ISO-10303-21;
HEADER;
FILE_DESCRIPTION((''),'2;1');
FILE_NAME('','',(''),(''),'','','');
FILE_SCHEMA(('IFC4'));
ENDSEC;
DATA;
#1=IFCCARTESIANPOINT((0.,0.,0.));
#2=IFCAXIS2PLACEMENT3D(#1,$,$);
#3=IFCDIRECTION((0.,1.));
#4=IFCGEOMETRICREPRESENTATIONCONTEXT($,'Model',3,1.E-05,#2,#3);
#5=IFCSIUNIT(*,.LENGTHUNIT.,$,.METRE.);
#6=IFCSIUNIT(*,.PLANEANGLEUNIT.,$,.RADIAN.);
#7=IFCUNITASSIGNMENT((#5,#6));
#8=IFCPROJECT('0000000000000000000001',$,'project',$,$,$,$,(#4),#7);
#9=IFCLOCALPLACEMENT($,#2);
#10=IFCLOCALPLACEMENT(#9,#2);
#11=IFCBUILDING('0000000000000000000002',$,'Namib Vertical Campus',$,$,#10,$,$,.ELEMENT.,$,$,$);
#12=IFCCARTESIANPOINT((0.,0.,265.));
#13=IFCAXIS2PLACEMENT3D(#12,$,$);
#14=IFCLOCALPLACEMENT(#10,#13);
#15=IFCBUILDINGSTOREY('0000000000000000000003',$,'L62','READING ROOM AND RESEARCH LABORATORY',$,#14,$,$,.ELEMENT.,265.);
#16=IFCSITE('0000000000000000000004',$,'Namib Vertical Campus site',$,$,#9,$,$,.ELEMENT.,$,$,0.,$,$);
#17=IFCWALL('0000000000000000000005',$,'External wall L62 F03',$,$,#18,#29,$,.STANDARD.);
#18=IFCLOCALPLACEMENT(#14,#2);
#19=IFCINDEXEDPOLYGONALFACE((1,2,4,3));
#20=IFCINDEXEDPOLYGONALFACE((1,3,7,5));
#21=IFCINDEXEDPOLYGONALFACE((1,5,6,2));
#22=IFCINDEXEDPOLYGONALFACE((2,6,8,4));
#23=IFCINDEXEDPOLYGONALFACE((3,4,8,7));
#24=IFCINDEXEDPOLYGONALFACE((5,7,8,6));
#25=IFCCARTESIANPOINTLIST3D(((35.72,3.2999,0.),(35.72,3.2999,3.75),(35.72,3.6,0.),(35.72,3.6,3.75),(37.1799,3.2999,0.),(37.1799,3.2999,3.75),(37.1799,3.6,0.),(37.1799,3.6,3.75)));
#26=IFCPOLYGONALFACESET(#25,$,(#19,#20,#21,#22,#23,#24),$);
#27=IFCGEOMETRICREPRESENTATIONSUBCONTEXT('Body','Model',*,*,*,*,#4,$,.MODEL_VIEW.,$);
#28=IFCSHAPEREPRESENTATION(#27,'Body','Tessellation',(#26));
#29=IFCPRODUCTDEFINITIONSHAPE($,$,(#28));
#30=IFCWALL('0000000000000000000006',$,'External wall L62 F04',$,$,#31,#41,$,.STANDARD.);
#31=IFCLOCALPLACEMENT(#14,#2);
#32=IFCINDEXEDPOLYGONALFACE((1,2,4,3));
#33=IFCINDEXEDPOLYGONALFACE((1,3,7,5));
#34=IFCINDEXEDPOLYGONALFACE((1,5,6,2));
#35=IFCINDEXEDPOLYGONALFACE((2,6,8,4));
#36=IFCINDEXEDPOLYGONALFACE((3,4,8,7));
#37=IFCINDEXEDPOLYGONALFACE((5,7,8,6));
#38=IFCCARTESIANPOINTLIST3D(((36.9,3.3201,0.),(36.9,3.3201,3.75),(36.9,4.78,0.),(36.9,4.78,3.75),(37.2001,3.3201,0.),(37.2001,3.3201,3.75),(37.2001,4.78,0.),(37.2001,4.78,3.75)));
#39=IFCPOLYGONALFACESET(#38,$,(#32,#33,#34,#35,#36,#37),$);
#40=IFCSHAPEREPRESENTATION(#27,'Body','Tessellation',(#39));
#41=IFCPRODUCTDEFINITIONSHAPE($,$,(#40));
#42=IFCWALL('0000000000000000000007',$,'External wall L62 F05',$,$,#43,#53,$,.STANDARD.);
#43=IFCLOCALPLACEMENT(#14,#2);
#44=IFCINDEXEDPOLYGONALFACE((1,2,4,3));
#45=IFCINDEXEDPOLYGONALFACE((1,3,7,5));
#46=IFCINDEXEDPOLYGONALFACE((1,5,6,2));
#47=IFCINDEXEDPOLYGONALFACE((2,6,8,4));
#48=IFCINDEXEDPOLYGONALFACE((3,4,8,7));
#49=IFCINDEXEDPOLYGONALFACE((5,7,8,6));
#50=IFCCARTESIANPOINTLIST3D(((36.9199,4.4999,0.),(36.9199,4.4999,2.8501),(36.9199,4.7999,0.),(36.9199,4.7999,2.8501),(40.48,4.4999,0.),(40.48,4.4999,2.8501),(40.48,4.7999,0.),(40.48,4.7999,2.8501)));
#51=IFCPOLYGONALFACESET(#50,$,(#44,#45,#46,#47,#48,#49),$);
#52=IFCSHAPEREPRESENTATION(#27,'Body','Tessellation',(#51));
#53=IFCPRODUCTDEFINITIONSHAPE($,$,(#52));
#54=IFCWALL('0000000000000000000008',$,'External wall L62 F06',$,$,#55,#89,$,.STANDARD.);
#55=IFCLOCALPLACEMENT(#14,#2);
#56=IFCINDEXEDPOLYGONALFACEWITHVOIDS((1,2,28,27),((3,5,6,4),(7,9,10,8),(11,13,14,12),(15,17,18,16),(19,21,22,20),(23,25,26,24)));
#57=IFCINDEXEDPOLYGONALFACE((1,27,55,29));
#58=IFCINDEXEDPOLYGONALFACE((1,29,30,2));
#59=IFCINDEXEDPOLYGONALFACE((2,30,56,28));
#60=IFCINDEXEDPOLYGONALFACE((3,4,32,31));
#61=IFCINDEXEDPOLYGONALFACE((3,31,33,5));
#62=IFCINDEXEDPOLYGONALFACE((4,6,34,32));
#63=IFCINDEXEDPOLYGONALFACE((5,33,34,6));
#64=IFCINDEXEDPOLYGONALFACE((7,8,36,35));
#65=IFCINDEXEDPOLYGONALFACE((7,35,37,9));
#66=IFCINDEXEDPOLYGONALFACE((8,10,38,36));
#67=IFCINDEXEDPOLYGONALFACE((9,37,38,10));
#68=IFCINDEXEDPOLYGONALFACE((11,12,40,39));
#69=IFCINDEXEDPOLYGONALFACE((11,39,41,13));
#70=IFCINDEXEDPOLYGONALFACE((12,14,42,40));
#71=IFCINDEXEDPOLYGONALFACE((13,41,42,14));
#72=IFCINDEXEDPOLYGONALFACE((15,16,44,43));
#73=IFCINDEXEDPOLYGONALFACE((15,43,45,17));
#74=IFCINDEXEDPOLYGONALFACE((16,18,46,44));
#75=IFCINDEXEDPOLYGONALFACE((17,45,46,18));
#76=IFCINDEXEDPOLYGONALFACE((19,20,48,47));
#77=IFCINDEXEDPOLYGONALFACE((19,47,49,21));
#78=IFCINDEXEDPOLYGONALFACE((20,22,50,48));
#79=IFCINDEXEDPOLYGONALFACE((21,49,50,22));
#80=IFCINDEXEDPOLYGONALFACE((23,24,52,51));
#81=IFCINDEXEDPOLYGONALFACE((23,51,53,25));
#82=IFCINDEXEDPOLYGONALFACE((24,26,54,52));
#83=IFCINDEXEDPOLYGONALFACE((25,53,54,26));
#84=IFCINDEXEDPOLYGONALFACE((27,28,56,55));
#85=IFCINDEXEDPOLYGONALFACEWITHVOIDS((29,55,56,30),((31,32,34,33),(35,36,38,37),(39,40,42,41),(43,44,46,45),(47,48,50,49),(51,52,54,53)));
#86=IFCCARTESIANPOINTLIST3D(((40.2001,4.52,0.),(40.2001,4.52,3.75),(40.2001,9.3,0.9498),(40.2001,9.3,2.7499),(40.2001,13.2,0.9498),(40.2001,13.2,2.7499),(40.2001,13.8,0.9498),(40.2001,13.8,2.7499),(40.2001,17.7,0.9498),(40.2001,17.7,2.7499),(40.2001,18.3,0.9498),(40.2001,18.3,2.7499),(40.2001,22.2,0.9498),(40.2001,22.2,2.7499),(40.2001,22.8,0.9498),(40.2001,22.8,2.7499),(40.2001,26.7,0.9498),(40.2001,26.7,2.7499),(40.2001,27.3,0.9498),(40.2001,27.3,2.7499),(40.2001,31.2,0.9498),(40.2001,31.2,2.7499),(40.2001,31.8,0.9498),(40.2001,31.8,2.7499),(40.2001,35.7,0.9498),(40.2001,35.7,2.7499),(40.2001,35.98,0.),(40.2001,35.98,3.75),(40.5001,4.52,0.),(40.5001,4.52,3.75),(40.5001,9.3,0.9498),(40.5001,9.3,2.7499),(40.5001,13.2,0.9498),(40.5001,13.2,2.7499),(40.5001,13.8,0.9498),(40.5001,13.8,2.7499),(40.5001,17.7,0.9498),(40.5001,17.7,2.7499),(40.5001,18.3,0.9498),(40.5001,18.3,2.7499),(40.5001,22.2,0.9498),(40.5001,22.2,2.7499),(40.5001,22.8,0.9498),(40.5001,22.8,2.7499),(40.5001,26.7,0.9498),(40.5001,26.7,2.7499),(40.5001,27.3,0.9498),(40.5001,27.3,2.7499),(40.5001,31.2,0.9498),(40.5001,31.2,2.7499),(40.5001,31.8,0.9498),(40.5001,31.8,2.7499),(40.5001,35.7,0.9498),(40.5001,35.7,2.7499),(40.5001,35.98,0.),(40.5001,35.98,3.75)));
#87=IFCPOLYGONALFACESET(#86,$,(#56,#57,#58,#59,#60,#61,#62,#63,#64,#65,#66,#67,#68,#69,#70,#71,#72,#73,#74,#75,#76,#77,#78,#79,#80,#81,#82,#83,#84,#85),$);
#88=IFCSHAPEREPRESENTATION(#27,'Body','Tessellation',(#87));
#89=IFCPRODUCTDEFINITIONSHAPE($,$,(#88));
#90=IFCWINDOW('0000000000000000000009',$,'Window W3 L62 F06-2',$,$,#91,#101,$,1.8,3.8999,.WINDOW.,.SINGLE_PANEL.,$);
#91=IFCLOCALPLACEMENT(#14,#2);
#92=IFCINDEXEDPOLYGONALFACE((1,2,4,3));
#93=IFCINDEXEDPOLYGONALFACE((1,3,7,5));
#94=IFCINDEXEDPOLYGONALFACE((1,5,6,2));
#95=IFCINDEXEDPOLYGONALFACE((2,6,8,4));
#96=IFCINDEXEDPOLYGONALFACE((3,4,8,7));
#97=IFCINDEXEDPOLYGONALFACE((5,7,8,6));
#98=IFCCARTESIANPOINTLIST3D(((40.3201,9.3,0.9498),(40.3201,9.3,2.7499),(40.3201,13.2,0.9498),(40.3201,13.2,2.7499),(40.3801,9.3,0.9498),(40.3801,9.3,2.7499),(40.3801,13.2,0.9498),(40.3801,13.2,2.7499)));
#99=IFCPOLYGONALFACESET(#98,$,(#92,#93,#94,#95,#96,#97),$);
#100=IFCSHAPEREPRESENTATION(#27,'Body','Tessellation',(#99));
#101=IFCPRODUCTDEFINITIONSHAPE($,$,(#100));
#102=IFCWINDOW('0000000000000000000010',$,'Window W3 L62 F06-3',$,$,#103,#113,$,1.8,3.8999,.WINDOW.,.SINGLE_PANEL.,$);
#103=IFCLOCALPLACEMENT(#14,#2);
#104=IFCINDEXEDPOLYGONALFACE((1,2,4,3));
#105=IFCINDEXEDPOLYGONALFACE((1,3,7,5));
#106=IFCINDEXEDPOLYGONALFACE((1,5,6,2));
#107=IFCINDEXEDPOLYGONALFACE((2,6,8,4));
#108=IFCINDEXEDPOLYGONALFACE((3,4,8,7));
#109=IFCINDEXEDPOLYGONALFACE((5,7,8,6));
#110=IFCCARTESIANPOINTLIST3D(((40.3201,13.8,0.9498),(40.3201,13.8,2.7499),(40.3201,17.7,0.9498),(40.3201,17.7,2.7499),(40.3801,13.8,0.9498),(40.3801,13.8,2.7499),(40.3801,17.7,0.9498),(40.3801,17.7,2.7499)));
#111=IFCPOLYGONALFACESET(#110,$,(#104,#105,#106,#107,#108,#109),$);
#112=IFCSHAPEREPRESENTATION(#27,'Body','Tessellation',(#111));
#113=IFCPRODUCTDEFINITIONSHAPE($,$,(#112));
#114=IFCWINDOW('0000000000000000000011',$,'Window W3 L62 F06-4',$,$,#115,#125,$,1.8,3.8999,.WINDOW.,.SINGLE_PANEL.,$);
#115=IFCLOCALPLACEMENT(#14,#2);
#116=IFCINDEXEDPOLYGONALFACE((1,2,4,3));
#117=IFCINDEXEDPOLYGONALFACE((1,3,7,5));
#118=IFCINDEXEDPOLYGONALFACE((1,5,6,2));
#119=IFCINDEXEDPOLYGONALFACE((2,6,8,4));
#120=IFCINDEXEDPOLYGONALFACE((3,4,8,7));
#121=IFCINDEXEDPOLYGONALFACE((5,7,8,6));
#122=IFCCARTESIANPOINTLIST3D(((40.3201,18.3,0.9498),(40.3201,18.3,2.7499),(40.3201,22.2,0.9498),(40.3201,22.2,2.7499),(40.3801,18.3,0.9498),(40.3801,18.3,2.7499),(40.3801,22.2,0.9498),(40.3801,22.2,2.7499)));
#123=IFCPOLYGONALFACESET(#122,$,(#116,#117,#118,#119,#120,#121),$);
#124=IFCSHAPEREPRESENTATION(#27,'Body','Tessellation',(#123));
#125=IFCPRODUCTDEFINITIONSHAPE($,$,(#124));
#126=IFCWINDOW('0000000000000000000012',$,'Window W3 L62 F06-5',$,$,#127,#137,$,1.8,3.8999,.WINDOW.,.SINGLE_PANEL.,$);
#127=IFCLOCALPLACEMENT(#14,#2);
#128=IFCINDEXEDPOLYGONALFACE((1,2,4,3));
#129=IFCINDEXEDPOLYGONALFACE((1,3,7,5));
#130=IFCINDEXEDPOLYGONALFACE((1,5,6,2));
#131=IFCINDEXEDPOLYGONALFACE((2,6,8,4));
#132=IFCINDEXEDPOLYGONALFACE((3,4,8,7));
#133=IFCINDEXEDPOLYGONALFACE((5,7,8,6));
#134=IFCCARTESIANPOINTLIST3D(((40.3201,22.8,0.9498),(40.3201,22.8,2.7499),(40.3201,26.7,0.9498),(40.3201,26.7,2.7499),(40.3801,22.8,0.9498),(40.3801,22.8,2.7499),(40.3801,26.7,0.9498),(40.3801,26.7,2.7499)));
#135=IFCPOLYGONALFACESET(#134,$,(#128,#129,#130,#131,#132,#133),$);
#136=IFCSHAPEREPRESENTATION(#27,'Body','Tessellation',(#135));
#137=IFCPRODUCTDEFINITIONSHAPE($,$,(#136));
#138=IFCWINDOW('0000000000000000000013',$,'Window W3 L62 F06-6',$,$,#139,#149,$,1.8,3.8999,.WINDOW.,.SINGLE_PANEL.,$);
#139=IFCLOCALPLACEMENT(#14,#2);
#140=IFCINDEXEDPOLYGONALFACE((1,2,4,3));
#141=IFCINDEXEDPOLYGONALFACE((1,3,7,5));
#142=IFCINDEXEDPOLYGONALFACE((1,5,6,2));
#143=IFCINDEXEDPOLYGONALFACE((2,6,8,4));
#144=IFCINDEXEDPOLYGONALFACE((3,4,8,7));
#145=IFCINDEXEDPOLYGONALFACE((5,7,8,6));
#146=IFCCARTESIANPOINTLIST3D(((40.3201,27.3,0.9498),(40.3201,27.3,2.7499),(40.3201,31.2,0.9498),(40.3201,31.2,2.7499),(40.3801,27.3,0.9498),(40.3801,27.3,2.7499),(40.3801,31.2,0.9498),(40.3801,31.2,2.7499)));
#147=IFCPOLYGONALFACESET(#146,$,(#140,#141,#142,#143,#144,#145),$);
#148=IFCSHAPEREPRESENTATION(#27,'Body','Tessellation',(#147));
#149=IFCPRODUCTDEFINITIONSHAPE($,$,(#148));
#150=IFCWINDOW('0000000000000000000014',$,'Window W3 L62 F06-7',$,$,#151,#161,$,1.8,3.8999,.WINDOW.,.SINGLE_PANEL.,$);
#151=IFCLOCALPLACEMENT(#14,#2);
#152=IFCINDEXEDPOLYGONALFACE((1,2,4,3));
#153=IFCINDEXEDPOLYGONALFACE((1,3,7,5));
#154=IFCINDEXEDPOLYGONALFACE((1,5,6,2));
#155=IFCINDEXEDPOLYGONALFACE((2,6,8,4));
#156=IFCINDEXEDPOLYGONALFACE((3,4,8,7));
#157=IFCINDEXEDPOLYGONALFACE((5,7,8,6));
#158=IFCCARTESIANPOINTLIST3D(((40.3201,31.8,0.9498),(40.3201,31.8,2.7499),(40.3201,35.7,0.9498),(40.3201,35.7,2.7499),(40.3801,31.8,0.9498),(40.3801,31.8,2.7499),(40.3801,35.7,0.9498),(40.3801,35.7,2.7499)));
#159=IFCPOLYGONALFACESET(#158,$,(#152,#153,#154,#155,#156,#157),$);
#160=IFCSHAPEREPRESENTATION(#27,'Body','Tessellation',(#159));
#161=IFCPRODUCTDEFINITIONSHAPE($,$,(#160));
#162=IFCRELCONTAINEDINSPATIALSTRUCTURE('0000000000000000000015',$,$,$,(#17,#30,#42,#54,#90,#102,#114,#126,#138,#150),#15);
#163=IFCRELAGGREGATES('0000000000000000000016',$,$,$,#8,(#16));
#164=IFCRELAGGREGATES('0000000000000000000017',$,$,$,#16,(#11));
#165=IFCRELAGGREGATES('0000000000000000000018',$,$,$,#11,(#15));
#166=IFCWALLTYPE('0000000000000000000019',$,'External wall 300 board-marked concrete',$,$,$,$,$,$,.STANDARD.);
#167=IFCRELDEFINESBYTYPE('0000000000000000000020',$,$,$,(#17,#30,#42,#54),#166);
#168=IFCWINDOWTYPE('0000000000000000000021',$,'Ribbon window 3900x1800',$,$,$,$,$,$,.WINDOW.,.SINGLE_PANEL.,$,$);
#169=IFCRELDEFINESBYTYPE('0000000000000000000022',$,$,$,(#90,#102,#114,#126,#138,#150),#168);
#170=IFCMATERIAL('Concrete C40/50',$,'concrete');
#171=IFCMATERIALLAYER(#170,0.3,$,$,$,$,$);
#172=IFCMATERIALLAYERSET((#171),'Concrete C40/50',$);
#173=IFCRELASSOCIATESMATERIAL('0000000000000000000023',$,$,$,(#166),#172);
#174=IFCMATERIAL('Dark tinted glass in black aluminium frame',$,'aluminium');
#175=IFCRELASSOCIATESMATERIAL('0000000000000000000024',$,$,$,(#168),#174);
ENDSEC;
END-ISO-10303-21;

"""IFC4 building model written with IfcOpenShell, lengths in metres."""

from ifc_helpers import new_model, si_unit, direction, frame, frame_2d, origin, place, context, subcontext, project, spatial, rectangle, extrude, material, layer, layer_set, type_object, element, fill, save


model = new_model("IFC4")

# Units and contexts
model_context = context("Model", 3, precision=1e-05, world=origin(), true_north=direction((0.0, 1.0)))
body_context = subcontext(model_context, "Body", "Model", "MODEL_VIEW")
ifc_project = project(units=[si_unit("LENGTHUNIT", "METRE"), si_unit("PLANEANGLEUNIT", "RADIAN")], contexts=[model_context])

# Site, building, storey
site_placement = place(None, origin())
site = spatial("IfcSite", under=ifc_project, at=site_placement, Name="Namib Vertical Campus site", CompositionType="ELEMENT", RefElevation=0.0)
building_placement = place(site_placement, origin())
building = spatial("IfcBuilding", under=site, at=building_placement, Name="Namib Vertical Campus", CompositionType="ELEMENT")
storey_placement = place(building_placement, frame((0.0, 0.0, 265.0)))
storey = spatial("IfcBuildingStorey", under=building, at=storey_placement, Name="L62", Description="READING ROOM AND RESEARCH LABORATORY", CompositionType="ELEMENT", Elevation=265.0)

# Walls
ifc_material_1 = material(Name="Concrete C40/50", Category="concrete")
ifc_layer_1 = layer(ifc_material_1, 0.3)
ifc_layer_set_1 = layer_set([ifc_layer_1], Name="Concrete C40/50")
wall_type = type_object("IfcWallType", Name="External wall 300 board-marked concrete", PredefinedType="STANDARD", material=ifc_layer_set_1)
for number, where, z_axis, x_axis, name in (
    (1, (35.72, 3.45, 0.0), (0.0, 0.0, 1.0), (1.0, 0.0, 0.0), "External wall L62 F03"),
    (2, (37.05, 3.3201, 0.0), (0.0, 0.0, 1.0), (0.0, 1.0, 0.0), "External wall L62 F04"),
):
    element("IfcWall", number, at=place(storey_placement, frame(where, z_axis=z_axis, x_axis=x_axis)), inside=storey, type_object=wall_type, Name=name, PredefinedType="STANDARD", context=body_context, shape_type="SweptSolid", body=[
        extrude(rectangle(XDim=1.46, YDim=0.3, at=frame_2d((0.73, 0.0))), origin(), (0.0, 0.0, 1.0), 3.75),
    ])
wall_1_placement = place(storey_placement, frame((36.9199, 4.6499, 0.0), z_axis=(0.0, 0.0, 1.0), x_axis=(1.0, 0.0, 0.0)))
element("IfcWall", 3, at=wall_1_placement, inside=storey, type_object=wall_type, Name="External wall L62 F05", PredefinedType="STANDARD", context=body_context, shape_type="SweptSolid", body=[
    extrude(rectangle(XDim=3.5601, YDim=0.3, at=frame_2d((1.78, 0.0))), origin(), (0.0, 0.0, 1.0), 2.8501),
])

# Wall, openings, windows
wall_2_placement = place(storey_placement, frame((40.3501, 4.52, 0.0), z_axis=(0.0, 0.0, 1.0), x_axis=(0.0, 1.0, 0.0)))
wall_2 = element("IfcWall", 4, at=wall_2_placement, inside=storey, type_object=wall_type, Name="External wall L62 F06", PredefinedType="STANDARD", context=body_context, shape_type="SweptSolid", body=[
    extrude(rectangle(XDim=31.46, YDim=0.3, at=frame_2d((15.73, 0.0))), origin(), (0.0, 0.0, 1.0), 3.75),
])
opening_1_placement = place(wall_2_placement, frame((4.78, 0.0, 0.95)))
opening_1 = element("IfcOpeningElement", 5, at=opening_1_placement, cuts=wall_2, PredefinedType="OPENING", context=body_context, shape_type="SweptSolid", body=[
    extrude(rectangle(XDim=3.8999, YDim=1.8, at=frame_2d((1.95, 0.8999))), frame((0.0, 0.1599, 0.0), z_axis=(0.0, -1.0, 0.0), x_axis=(1.0, 0.0, 0.0)), (0.0, 0.0, 1.0), 0.3201),
])
opening_2_placement = place(wall_2_placement, frame((9.28, 0.0, 0.95)))
opening_2 = element("IfcOpeningElement", 6, at=opening_2_placement, cuts=wall_2, PredefinedType="OPENING", context=body_context, shape_type="SweptSolid", body=[
    extrude(rectangle(XDim=3.8999, YDim=1.8, at=frame_2d((1.95, 0.8999))), frame((0.0, 0.1599, 0.0), z_axis=(0.0, -1.0, 0.0), x_axis=(1.0, 0.0, 0.0)), (0.0, 0.0, 1.0), 0.3201),
])
opening_3_placement = place(wall_2_placement, frame((13.78, 0.0, 0.95)))
opening_3 = element("IfcOpeningElement", 7, at=opening_3_placement, cuts=wall_2, PredefinedType="OPENING", context=body_context, shape_type="SweptSolid", body=[
    extrude(rectangle(XDim=3.8999, YDim=1.8, at=frame_2d((1.95, 0.8999))), frame((0.0, 0.1599, 0.0), z_axis=(0.0, -1.0, 0.0), x_axis=(1.0, 0.0, 0.0)), (0.0, 0.0, 1.0), 0.3201),
])
opening_4_placement = place(wall_2_placement, frame((18.28, 0.0, 0.95)))
opening_4 = element("IfcOpeningElement", 8, at=opening_4_placement, cuts=wall_2, PredefinedType="OPENING", context=body_context, shape_type="SweptSolid", body=[
    extrude(rectangle(XDim=3.8999, YDim=1.8, at=frame_2d((1.95, 0.8999))), frame((0.0, 0.1599, 0.0), z_axis=(0.0, -1.0, 0.0), x_axis=(1.0, 0.0, 0.0)), (0.0, 0.0, 1.0), 0.3201),
])
opening_5_placement = place(wall_2_placement, frame((22.78, 0.0, 0.95)))
opening_5 = element("IfcOpeningElement", 9, at=opening_5_placement, cuts=wall_2, PredefinedType="OPENING", context=body_context, shape_type="SweptSolid", body=[
    extrude(rectangle(XDim=3.8999, YDim=1.8, at=frame_2d((1.95, 0.8999))), frame((0.0, 0.1599, 0.0), z_axis=(0.0, -1.0, 0.0), x_axis=(1.0, 0.0, 0.0)), (0.0, 0.0, 1.0), 0.3201),
])
opening_6_placement = place(wall_2_placement, frame((27.28, 0.0, 0.95)))
opening_6 = element("IfcOpeningElement", 10, at=opening_6_placement, cuts=wall_2, PredefinedType="OPENING", context=body_context, shape_type="SweptSolid", body=[
    extrude(rectangle(XDim=3.8999, YDim=1.8, at=frame_2d((1.95, 0.8999))), frame((0.0, 0.1599, 0.0), z_axis=(0.0, -1.0, 0.0), x_axis=(1.0, 0.0, 0.0)), (0.0, 0.0, 1.0), 0.3201),
])
ifc_material_2 = material(Name="Dark tinted glass in black aluminium frame", Category="aluminium")
window_type = type_object("IfcWindowType", Name="Ribbon window 3900x1800", PartitioningType="SINGLE_PANEL", PredefinedType="WINDOW", material=ifc_material_2)
window_1_placement = place(opening_1_placement, origin())
window_1 = element("IfcWindow", 11, at=window_1_placement, inside=storey, type_object=window_type, Name="Window W3 L62 F06-2", OverallHeight=1.8, OverallWidth=3.8999, PartitioningType="SINGLE_PANEL", PredefinedType="WINDOW", context=body_context, shape_type="SweptSolid", body=[
    extrude(rectangle(XDim=3.8999, YDim=1.8, at=frame_2d((1.95, 0.8999))), frame((0.0, 0.03, 0.0), z_axis=(0.0, -1.0, 0.0), x_axis=(1.0, 0.0, 0.0)), (0.0, 0.0, 1.0), 0.0601),
])
fill(opening_1, window_1)
window_2_placement = place(opening_2_placement, origin())
window_2 = element("IfcWindow", 12, at=window_2_placement, inside=storey, type_object=window_type, Name="Window W3 L62 F06-3", OverallHeight=1.8, OverallWidth=3.8999, PartitioningType="SINGLE_PANEL", PredefinedType="WINDOW", context=body_context, shape_type="SweptSolid", body=[
    extrude(rectangle(XDim=3.8999, YDim=1.8, at=frame_2d((1.95, 0.8999))), frame((0.0, 0.03, 0.0), z_axis=(0.0, -1.0, 0.0), x_axis=(1.0, 0.0, 0.0)), (0.0, 0.0, 1.0), 0.0601),
])
fill(opening_2, window_2)
window_3_placement = place(opening_3_placement, origin())
window_3 = element("IfcWindow", 13, at=window_3_placement, inside=storey, type_object=window_type, Name="Window W3 L62 F06-4", OverallHeight=1.8, OverallWidth=3.8999, PartitioningType="SINGLE_PANEL", PredefinedType="WINDOW", context=body_context, shape_type="SweptSolid", body=[
    extrude(rectangle(XDim=3.8999, YDim=1.8, at=frame_2d((1.95, 0.8999))), frame((0.0, 0.03, 0.0), z_axis=(0.0, -1.0, 0.0), x_axis=(1.0, 0.0, 0.0)), (0.0, 0.0, 1.0), 0.0601),
])
fill(opening_3, window_3)
window_4_placement = place(opening_4_placement, origin())
window_4 = element("IfcWindow", 14, at=window_4_placement, inside=storey, type_object=window_type, Name="Window W3 L62 F06-5", OverallHeight=1.8, OverallWidth=3.8999, PartitioningType="SINGLE_PANEL", PredefinedType="WINDOW", context=body_context, shape_type="SweptSolid", body=[
    extrude(rectangle(XDim=3.8999, YDim=1.8, at=frame_2d((1.95, 0.8999))), frame((0.0, 0.03, 0.0), z_axis=(0.0, -1.0, 0.0), x_axis=(1.0, 0.0, 0.0)), (0.0, 0.0, 1.0), 0.0601),
])
fill(opening_4, window_4)
window_5_placement = place(opening_5_placement, origin())
window_5 = element("IfcWindow", 15, at=window_5_placement, inside=storey, type_object=window_type, Name="Window W3 L62 F06-6", OverallHeight=1.8, OverallWidth=3.8999, PartitioningType="SINGLE_PANEL", PredefinedType="WINDOW", context=body_context, shape_type="SweptSolid", body=[
    extrude(rectangle(XDim=3.8999, YDim=1.8, at=frame_2d((1.95, 0.8999))), frame((0.0, 0.03, 0.0), z_axis=(0.0, -1.0, 0.0), x_axis=(1.0, 0.0, 0.0)), (0.0, 0.0, 1.0), 0.0601),
])
fill(opening_5, window_5)
window_6_placement = place(opening_6_placement, origin())
window_6 = element("IfcWindow", 16, at=window_6_placement, inside=storey, type_object=window_type, Name="Window W3 L62 F06-7", OverallHeight=1.8, OverallWidth=3.8999, PartitioningType="SINGLE_PANEL", PredefinedType="WINDOW", context=body_context, shape_type="SweptSolid", body=[
    extrude(rectangle(XDim=3.8999, YDim=1.8, at=frame_2d((1.95, 0.8999))), frame((0.0, 0.03, 0.0), z_axis=(0.0, -1.0, 0.0), x_axis=(1.0, 0.0, 0.0)), (0.0, 0.0, 1.0), 0.0601),
])
fill(opening_6, window_6)

save(model, "model.ifc")
